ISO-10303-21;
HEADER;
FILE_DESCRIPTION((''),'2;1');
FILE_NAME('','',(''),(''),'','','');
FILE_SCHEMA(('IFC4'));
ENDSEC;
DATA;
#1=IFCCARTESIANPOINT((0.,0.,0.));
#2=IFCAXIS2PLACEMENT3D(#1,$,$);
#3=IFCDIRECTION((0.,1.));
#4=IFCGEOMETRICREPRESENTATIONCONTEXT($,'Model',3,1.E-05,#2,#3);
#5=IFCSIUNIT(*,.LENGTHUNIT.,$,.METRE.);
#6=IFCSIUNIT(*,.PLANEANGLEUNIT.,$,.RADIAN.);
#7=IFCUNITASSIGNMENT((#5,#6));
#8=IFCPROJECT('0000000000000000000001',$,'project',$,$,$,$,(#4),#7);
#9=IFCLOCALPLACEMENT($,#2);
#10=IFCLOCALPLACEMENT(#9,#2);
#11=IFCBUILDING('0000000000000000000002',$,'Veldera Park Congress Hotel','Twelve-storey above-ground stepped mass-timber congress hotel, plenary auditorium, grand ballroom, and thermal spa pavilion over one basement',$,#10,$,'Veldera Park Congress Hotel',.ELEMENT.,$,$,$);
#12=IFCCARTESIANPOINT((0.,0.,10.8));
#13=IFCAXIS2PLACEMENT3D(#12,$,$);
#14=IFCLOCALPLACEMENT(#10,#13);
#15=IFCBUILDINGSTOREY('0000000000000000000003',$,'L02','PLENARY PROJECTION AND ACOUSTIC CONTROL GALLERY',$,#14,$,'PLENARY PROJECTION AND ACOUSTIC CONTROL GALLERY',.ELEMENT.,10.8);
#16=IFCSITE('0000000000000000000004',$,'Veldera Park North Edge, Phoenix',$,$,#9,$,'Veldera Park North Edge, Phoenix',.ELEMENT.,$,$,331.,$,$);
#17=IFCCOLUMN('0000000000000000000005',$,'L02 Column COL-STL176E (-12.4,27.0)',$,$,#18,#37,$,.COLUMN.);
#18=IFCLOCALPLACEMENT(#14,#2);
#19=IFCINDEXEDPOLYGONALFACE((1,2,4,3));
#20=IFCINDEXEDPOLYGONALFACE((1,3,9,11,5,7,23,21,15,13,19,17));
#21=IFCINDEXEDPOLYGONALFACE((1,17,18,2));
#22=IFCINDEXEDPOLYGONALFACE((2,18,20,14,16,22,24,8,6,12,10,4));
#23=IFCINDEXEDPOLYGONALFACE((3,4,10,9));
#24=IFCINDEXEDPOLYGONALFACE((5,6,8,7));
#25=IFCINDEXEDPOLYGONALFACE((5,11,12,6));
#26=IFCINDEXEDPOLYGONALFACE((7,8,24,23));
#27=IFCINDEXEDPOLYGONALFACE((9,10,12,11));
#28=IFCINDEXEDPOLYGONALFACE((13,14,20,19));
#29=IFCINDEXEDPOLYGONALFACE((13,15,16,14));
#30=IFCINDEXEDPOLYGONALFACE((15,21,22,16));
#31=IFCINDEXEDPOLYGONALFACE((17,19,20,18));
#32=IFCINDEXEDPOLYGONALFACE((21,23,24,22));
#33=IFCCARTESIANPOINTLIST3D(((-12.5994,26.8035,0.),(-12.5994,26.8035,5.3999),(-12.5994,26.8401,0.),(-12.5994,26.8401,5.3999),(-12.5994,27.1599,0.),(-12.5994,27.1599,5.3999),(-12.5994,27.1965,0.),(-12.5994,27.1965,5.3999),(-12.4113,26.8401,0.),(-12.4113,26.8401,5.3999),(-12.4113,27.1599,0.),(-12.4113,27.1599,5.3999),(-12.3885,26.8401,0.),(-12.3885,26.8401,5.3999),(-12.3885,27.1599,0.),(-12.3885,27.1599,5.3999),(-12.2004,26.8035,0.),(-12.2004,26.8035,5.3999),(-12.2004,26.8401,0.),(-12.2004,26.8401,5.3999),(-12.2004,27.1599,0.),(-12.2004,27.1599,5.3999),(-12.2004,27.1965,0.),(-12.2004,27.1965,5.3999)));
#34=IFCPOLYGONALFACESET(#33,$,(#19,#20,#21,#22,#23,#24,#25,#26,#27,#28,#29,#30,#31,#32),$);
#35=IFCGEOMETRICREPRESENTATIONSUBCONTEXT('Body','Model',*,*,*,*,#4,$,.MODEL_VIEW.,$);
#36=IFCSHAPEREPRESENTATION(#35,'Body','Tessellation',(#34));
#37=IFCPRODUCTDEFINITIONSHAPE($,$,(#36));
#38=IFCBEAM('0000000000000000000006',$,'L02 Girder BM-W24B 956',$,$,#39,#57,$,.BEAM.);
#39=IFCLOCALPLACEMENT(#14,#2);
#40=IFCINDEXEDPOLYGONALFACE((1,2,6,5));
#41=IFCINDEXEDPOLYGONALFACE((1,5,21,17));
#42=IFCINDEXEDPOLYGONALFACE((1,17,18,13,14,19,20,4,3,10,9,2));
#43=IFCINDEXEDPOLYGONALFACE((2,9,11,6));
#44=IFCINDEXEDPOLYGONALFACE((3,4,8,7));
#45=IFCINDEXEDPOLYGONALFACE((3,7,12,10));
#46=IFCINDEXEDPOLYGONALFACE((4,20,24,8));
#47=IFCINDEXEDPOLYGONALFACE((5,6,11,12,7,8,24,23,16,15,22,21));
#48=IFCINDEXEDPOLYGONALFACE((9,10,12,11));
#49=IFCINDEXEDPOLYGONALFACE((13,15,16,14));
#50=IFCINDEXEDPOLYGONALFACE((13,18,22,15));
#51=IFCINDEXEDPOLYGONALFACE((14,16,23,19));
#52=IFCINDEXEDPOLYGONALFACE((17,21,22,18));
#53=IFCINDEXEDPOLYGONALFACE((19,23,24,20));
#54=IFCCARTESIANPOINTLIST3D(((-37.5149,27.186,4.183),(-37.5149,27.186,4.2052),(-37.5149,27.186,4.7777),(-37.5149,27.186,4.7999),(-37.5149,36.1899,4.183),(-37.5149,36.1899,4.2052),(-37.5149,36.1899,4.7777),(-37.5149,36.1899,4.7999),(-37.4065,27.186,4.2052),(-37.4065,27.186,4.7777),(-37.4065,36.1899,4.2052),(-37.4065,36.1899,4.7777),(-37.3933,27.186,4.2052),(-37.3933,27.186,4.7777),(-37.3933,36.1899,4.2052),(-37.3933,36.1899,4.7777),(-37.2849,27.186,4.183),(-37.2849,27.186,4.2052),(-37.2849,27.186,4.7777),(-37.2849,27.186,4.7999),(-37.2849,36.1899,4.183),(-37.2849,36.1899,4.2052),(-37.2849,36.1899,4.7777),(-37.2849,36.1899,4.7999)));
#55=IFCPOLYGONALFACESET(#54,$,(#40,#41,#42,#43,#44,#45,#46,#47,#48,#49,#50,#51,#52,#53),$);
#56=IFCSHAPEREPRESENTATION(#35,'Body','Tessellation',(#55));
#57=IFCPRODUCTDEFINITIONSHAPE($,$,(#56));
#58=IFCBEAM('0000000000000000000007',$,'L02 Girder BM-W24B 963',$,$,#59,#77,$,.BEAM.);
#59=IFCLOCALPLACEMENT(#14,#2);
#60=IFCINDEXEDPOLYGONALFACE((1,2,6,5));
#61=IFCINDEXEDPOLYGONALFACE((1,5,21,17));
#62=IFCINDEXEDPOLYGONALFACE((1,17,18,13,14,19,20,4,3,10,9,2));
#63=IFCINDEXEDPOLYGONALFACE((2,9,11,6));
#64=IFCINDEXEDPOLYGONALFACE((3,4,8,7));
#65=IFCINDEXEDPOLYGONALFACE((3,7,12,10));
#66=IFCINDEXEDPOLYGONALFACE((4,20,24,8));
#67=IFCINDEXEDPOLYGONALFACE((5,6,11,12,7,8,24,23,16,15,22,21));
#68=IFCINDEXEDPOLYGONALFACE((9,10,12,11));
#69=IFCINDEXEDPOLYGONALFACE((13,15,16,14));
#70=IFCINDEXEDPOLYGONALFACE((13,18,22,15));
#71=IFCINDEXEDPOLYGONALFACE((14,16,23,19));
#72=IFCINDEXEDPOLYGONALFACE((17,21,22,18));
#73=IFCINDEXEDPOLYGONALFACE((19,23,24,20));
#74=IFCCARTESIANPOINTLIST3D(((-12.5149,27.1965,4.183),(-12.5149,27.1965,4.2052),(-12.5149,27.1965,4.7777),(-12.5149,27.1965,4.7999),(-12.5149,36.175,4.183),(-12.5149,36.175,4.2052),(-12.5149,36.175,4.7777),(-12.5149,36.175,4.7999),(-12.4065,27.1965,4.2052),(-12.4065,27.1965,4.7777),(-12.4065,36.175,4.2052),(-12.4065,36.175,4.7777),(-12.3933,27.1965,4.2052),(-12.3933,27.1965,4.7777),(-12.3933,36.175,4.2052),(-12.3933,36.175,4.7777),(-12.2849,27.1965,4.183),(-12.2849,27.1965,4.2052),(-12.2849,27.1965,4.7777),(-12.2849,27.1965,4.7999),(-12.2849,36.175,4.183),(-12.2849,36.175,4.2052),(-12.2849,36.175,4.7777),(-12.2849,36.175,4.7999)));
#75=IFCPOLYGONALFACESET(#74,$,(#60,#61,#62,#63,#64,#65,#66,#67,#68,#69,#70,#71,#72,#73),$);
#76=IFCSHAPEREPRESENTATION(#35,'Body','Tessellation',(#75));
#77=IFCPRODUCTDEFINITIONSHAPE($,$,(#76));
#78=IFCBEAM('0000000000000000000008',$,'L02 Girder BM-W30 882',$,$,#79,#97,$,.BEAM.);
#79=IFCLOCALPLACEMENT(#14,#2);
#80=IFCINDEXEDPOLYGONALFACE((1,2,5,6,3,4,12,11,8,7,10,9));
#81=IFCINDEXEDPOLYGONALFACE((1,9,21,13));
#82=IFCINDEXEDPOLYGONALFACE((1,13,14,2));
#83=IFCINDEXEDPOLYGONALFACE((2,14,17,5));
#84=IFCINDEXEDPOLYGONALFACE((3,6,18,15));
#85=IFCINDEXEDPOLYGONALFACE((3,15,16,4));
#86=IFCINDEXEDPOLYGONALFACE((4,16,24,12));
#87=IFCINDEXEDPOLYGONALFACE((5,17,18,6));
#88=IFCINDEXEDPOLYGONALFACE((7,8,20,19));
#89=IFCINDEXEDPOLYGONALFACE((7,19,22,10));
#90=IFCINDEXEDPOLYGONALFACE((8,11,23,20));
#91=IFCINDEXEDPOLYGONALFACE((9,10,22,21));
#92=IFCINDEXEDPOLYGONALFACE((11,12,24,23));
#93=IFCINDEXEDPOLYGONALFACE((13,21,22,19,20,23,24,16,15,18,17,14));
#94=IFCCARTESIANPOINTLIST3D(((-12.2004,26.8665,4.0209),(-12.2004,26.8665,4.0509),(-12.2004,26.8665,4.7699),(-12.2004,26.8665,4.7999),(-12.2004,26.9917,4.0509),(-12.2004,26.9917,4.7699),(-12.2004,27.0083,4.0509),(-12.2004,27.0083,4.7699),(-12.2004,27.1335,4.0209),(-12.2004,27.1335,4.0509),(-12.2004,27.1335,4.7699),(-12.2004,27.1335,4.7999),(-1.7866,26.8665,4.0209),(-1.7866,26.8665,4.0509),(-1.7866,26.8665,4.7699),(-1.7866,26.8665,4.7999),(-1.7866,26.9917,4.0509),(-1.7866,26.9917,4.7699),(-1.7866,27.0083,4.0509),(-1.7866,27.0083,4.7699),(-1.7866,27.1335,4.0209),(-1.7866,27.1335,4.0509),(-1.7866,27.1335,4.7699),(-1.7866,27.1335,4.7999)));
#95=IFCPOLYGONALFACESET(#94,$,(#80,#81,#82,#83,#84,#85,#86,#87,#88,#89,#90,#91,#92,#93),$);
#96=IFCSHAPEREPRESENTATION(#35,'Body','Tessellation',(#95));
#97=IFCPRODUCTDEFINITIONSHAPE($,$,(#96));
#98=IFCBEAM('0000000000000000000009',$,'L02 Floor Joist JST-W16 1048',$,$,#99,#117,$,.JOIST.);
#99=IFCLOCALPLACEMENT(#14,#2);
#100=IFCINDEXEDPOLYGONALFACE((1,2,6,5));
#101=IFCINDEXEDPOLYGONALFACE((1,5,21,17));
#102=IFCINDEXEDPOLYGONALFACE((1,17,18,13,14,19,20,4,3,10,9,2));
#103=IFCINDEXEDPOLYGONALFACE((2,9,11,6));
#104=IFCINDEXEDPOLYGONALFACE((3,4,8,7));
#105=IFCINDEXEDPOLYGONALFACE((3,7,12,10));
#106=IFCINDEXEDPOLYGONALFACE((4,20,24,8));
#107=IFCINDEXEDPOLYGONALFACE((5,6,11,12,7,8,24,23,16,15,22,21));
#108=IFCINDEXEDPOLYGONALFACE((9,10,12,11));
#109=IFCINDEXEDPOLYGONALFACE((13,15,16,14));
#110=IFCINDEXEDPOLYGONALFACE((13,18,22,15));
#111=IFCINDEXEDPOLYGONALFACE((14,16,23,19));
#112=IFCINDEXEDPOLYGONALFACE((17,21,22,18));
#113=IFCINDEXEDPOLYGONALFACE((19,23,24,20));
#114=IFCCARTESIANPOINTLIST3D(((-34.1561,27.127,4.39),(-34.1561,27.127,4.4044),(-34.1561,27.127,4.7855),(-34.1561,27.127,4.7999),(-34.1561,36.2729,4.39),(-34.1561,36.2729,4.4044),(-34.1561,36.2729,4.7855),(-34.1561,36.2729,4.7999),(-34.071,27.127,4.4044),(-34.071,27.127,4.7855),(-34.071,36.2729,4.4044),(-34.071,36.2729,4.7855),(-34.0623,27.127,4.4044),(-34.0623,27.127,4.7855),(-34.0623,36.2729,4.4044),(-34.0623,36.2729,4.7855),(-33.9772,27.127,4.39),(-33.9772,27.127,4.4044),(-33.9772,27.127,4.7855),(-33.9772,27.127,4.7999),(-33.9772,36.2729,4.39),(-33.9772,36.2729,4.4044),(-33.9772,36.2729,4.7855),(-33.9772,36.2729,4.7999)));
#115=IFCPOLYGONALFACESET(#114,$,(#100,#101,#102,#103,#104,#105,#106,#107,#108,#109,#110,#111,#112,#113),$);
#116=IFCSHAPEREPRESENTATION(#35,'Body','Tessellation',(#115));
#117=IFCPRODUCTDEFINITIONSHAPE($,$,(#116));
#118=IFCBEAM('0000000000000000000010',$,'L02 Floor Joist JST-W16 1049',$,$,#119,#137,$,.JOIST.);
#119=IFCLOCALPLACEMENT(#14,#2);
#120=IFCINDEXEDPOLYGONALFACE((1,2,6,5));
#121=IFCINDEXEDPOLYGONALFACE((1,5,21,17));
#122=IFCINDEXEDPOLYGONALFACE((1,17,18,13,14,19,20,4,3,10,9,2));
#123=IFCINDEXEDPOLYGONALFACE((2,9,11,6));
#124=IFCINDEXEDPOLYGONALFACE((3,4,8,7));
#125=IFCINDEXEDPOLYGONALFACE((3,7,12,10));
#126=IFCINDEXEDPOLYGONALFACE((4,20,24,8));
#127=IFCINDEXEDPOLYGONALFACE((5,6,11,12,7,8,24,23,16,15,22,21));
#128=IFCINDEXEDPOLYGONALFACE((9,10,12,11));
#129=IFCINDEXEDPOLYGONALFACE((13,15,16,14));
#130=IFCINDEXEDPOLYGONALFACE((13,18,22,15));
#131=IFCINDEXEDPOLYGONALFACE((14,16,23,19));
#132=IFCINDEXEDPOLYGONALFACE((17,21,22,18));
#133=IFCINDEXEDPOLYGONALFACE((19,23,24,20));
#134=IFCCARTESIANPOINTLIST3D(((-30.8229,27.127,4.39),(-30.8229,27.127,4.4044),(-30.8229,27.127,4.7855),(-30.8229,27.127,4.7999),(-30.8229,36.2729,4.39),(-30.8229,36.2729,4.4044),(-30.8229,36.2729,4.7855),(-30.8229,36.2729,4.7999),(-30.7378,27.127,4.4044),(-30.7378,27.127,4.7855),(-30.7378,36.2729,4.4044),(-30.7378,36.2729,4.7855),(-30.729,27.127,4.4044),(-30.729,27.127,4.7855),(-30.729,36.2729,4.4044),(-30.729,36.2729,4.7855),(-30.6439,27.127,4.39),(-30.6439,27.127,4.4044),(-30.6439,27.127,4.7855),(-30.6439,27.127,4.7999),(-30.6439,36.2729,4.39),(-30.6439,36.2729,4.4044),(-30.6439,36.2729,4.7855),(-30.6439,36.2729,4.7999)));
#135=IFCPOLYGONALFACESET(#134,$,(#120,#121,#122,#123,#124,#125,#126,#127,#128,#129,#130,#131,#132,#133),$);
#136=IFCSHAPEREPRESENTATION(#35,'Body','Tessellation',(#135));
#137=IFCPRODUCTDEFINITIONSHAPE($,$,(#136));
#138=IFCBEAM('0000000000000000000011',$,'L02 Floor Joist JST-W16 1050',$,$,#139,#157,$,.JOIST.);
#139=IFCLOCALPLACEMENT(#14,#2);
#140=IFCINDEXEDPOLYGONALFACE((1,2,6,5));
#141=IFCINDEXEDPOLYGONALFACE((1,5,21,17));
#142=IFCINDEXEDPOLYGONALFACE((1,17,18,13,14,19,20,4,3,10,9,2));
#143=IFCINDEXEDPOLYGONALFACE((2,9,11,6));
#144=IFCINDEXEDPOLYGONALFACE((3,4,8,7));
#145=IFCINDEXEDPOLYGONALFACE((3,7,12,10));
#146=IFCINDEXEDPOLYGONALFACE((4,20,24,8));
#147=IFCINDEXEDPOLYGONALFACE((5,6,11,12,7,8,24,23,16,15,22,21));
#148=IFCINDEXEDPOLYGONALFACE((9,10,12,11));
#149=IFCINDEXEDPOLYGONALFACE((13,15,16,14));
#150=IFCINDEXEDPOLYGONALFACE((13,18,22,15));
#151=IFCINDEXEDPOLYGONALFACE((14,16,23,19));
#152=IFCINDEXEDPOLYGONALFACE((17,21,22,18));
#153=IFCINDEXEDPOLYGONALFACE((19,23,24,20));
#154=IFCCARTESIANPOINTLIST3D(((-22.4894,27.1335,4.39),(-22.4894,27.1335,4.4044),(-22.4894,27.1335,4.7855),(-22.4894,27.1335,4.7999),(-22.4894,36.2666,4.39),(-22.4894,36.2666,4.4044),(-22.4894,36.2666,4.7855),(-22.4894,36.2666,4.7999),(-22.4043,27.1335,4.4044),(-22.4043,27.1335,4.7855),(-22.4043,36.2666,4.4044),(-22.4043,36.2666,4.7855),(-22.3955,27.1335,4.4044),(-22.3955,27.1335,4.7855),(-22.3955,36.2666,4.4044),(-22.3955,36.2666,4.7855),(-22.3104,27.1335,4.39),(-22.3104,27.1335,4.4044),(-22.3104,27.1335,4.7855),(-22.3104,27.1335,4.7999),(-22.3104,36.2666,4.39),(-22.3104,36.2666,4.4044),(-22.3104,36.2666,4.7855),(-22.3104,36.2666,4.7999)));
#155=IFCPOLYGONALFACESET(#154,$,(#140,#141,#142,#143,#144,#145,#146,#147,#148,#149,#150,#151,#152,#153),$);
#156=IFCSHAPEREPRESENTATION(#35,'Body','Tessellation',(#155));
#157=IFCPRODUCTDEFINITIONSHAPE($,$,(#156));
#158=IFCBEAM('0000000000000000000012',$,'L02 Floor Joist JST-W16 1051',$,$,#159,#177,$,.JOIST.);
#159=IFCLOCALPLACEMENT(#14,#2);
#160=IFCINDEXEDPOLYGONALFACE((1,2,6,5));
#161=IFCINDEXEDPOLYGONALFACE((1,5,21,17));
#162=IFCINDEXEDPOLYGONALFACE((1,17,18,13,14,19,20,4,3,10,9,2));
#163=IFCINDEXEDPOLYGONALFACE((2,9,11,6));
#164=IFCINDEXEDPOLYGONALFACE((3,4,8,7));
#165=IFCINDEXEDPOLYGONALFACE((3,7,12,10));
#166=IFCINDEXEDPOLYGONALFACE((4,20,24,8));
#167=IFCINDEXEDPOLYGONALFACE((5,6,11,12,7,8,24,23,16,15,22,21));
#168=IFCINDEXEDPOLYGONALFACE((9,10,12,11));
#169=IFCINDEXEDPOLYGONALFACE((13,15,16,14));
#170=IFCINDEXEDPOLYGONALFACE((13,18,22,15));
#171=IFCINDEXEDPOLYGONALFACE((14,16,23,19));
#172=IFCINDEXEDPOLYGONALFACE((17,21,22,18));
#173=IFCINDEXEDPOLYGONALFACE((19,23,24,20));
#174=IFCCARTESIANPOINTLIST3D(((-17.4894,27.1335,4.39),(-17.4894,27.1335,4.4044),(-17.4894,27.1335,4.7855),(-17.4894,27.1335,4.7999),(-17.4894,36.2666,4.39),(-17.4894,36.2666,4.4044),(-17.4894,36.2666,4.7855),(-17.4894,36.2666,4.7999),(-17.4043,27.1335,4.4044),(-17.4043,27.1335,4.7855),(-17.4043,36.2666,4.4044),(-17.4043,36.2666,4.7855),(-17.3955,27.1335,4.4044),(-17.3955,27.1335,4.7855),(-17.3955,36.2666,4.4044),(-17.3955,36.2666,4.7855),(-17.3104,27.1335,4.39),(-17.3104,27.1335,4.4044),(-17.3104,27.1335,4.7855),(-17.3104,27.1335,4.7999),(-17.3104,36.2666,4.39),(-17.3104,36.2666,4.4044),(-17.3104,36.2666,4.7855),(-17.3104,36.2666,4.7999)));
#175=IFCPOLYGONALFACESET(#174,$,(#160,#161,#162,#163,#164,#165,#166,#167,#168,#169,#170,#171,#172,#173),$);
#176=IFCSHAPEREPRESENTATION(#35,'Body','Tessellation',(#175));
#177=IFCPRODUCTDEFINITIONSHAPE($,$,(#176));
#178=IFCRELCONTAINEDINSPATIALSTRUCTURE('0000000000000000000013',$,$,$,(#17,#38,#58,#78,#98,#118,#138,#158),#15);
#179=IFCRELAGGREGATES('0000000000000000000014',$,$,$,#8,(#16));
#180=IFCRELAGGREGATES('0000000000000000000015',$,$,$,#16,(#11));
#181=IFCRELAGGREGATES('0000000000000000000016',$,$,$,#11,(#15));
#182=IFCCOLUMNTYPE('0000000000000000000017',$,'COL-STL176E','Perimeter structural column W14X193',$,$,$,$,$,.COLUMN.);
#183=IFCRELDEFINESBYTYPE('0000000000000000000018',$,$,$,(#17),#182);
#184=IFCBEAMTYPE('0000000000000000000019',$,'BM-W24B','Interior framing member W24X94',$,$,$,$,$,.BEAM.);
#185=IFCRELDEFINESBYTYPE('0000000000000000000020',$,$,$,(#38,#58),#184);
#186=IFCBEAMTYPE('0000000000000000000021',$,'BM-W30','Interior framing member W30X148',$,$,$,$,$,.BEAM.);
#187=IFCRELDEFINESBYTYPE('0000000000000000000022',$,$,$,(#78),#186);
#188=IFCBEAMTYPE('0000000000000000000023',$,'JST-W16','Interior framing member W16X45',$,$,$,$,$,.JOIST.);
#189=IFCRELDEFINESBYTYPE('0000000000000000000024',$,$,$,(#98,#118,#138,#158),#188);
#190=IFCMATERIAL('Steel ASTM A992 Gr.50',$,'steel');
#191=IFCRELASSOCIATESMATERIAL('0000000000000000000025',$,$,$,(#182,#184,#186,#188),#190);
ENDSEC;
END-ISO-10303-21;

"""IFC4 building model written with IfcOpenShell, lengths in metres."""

from ifc_helpers import new_model, si_unit, direction, frame, origin, origin_2d, place, context, subcontext, project, spatial, i_section, extrude, material, material_profile, profile_set, type_object, element, save


model = new_model("IFC4")

# Units and contexts
model_context = context("Model", 3, precision=1e-05, world=origin(), true_north=direction((0.0, 1.0)))
body_context = subcontext(model_context, "Body", "Model", "MODEL_VIEW")
ifc_project = project(units=[si_unit("LENGTHUNIT", "METRE"), si_unit("PLANEANGLEUNIT", "RADIAN")], contexts=[model_context])

# Site, building, storey
site_placement = place(None, origin())
site = spatial("IfcSite", under=ifc_project, at=site_placement, Name="Veldera Park North Edge, Phoenix", LongName="Veldera Park North Edge, Phoenix", CompositionType="ELEMENT", RefElevation=331.0)
building_placement = place(site_placement, origin())
building = spatial("IfcBuilding", under=site, at=building_placement, Name="Veldera Park Congress Hotel", Description="Twelve-storey above-ground stepped mass-timber congress hotel, plenary auditorium, grand ballroom, and thermal spa pavilion over one basement", LongName="Veldera Park Congress Hotel", CompositionType="ELEMENT")
storey_placement = place(building_placement, frame((0.0, 0.0, 10.8)))
storey = spatial("IfcBuildingStorey", under=building, at=storey_placement, Name="L02", Description="PLENARY PROJECTION AND ACOUSTIC CONTROL GALLERY", LongName="PLENARY PROJECTION AND ACOUSTIC CONTROL GALLERY", CompositionType="ELEMENT", Elevation=10.8)

# Column
ifc_material_1 = material(Name="Steel ASTM A992 Gr.50", Category="steel")
ifc_material_profile_1 = material_profile(ifc_material_1, i_section(OverallWidth=0.3989, OverallDepth=0.3931, WebThickness=0.0227, FlangeThickness=0.0366, at=origin_2d()), Name="W14X193")
ifc_profile_set_1 = profile_set([ifc_material_profile_1], Name="Steel ASTM A992 Gr.50")
column_type = type_object("IfcColumnType", Name="COL-STL176E", Description="Perimeter structural column W14X193", PredefinedType="COLUMN", material=ifc_profile_set_1)
column_placement = place(storey_placement, frame((-12.3999, 27.0, 0.0), z_axis=(0.0, 0.0, 1.0), x_axis=(1.0, 0.0, 0.0)))
element("IfcColumn", 1, at=column_placement, inside=storey, type_object=column_type, Name="L02 Column COL-STL176E (-12.4,27.0)", PredefinedType="COLUMN", context=body_context, shape_type="SweptSolid", body=[
    extrude(i_section(OverallWidth=0.3989, OverallDepth=0.3931, WebThickness=0.0227, FlangeThickness=0.0366, at=origin_2d()), origin(), (0.0, 0.0, 1.0), 5.3999),
])

# Beams
ifc_material_profile_2 = material_profile(ifc_material_1, i_section(OverallWidth=0.23, OverallDepth=0.6169, WebThickness=0.0132, FlangeThickness=0.0222, at=origin_2d()), Name="W24X94")
ifc_profile_set_2 = profile_set([ifc_material_profile_2], Name="Steel ASTM A992 Gr.50")
beam_type_1 = type_object("IfcBeamType", Name="BM-W24B", Description="Interior framing member W24X94", PredefinedType="BEAM", material=ifc_profile_set_2)
beam_1_placement = place(storey_placement, frame((-37.3999, 27.186, 4.4915), z_axis=(0.0, 1.0, 0.0), x_axis=(-1.0, 0.0, 0.0)))
element("IfcBeam", 2, at=beam_1_placement, inside=storey, type_object=beam_type_1, Name="L02 Girder BM-W24B 956", PredefinedType="BEAM", context=body_context, shape_type="SweptSolid", body=[
    extrude(i_section(OverallWidth=0.23, OverallDepth=0.6169, WebThickness=0.0132, FlangeThickness=0.0222, at=origin_2d()), origin(), (0.0, 0.0, 1.0), 9.0039),
])
beam_2_placement = place(storey_placement, frame((-12.3999, 27.1965, 4.4915), z_axis=(0.0, 1.0, 0.0), x_axis=(-1.0, 0.0, 0.0)))
element("IfcBeam", 3, at=beam_2_placement, inside=storey, type_object=beam_type_1, Name="L02 Girder BM-W24B 963", PredefinedType="BEAM", context=body_context, shape_type="SweptSolid", body=[
    extrude(i_section(OverallWidth=0.23, OverallDepth=0.6169, WebThickness=0.0132, FlangeThickness=0.0222, at=origin_2d()), origin(), (0.0, 0.0, 1.0), 8.9785),
])
ifc_material_profile_3 = material_profile(ifc_material_1, i_section(OverallWidth=0.2671, OverallDepth=0.7791, WebThickness=0.0166, FlangeThickness=0.03, at=origin_2d()), Name="W30X148")
ifc_profile_set_3 = profile_set([ifc_material_profile_3], Name="Steel ASTM A992 Gr.50")
beam_type_2 = type_object("IfcBeamType", Name="BM-W30", Description="Interior framing member W30X148", PredefinedType="BEAM", material=ifc_profile_set_3)
beam_3_placement = place(storey_placement, frame((-12.2004, 27.0, 4.4104), z_axis=(1.0, 0.0, 0.0), x_axis=(0.0, 1.0, 0.0)))
element("IfcBeam", 4, at=beam_3_placement, inside=storey, type_object=beam_type_2, Name="L02 Girder BM-W30 882", PredefinedType="BEAM", context=body_context, shape_type="SweptSolid", body=[
    extrude(i_section(OverallWidth=0.2671, OverallDepth=0.7791, WebThickness=0.0166, FlangeThickness=0.03, at=origin_2d()), origin(), (0.0, 0.0, 1.0), 10.4138),
])
ifc_material_profile_4 = material_profile(ifc_material_1, i_section(OverallWidth=0.179, OverallDepth=0.4099, WebThickness=0.0088, FlangeThickness=0.0144, at=origin_2d()), Name="W16X45")
ifc_profile_set_4 = profile_set([ifc_material_profile_4], Name="Steel ASTM A992 Gr.50")
beam_type_3 = type_object("IfcBeamType", Name="JST-W16", Description="Interior framing member W16X45", PredefinedType="JOIST", material=ifc_profile_set_4)
for number, where, z_axis, x_axis, name in (
    (5, (-34.0667, 27.127, 4.595), (0.0, 1.0, 0.0), (-1.0, 0.0, 0.0), "L02 Floor Joist JST-W16 1048"),
    (6, (-30.7334, 27.127, 4.595), (0.0, 1.0, 0.0), (-1.0, 0.0, 0.0), "L02 Floor Joist JST-W16 1049"),
):
    element("IfcBeam", number, at=place(storey_placement, frame(where, z_axis=z_axis, x_axis=x_axis)), inside=storey, type_object=beam_type_3, Name=name, PredefinedType="JOIST", context=body_context, shape_type="SweptSolid", body=[
        extrude(i_section(OverallWidth=0.179, OverallDepth=0.4099, WebThickness=0.0088, FlangeThickness=0.0144, at=origin_2d()), origin(), (0.0, 0.0, 1.0), 9.146),
    ])
for number, where, z_axis, x_axis, name in (
    (7, (-22.3999, 27.1335, 4.595), (0.0, 1.0, 0.0), (-1.0, 0.0, 0.0), "L02 Floor Joist JST-W16 1050"),
    (8, (-17.3999, 27.1335, 4.595), (0.0, 1.0, 0.0), (-1.0, 0.0, 0.0), "L02 Floor Joist JST-W16 1051"),
):
    element("IfcBeam", number, at=place(storey_placement, frame(where, z_axis=z_axis, x_axis=x_axis)), inside=storey, type_object=beam_type_3, Name=name, PredefinedType="JOIST", context=body_context, shape_type="SweptSolid", body=[
        extrude(i_section(OverallWidth=0.179, OverallDepth=0.4099, WebThickness=0.0088, FlangeThickness=0.0144, at=origin_2d()), origin(), (0.0, 0.0, 1.0), 9.1331),
    ])

save(model, "model.ifc")
